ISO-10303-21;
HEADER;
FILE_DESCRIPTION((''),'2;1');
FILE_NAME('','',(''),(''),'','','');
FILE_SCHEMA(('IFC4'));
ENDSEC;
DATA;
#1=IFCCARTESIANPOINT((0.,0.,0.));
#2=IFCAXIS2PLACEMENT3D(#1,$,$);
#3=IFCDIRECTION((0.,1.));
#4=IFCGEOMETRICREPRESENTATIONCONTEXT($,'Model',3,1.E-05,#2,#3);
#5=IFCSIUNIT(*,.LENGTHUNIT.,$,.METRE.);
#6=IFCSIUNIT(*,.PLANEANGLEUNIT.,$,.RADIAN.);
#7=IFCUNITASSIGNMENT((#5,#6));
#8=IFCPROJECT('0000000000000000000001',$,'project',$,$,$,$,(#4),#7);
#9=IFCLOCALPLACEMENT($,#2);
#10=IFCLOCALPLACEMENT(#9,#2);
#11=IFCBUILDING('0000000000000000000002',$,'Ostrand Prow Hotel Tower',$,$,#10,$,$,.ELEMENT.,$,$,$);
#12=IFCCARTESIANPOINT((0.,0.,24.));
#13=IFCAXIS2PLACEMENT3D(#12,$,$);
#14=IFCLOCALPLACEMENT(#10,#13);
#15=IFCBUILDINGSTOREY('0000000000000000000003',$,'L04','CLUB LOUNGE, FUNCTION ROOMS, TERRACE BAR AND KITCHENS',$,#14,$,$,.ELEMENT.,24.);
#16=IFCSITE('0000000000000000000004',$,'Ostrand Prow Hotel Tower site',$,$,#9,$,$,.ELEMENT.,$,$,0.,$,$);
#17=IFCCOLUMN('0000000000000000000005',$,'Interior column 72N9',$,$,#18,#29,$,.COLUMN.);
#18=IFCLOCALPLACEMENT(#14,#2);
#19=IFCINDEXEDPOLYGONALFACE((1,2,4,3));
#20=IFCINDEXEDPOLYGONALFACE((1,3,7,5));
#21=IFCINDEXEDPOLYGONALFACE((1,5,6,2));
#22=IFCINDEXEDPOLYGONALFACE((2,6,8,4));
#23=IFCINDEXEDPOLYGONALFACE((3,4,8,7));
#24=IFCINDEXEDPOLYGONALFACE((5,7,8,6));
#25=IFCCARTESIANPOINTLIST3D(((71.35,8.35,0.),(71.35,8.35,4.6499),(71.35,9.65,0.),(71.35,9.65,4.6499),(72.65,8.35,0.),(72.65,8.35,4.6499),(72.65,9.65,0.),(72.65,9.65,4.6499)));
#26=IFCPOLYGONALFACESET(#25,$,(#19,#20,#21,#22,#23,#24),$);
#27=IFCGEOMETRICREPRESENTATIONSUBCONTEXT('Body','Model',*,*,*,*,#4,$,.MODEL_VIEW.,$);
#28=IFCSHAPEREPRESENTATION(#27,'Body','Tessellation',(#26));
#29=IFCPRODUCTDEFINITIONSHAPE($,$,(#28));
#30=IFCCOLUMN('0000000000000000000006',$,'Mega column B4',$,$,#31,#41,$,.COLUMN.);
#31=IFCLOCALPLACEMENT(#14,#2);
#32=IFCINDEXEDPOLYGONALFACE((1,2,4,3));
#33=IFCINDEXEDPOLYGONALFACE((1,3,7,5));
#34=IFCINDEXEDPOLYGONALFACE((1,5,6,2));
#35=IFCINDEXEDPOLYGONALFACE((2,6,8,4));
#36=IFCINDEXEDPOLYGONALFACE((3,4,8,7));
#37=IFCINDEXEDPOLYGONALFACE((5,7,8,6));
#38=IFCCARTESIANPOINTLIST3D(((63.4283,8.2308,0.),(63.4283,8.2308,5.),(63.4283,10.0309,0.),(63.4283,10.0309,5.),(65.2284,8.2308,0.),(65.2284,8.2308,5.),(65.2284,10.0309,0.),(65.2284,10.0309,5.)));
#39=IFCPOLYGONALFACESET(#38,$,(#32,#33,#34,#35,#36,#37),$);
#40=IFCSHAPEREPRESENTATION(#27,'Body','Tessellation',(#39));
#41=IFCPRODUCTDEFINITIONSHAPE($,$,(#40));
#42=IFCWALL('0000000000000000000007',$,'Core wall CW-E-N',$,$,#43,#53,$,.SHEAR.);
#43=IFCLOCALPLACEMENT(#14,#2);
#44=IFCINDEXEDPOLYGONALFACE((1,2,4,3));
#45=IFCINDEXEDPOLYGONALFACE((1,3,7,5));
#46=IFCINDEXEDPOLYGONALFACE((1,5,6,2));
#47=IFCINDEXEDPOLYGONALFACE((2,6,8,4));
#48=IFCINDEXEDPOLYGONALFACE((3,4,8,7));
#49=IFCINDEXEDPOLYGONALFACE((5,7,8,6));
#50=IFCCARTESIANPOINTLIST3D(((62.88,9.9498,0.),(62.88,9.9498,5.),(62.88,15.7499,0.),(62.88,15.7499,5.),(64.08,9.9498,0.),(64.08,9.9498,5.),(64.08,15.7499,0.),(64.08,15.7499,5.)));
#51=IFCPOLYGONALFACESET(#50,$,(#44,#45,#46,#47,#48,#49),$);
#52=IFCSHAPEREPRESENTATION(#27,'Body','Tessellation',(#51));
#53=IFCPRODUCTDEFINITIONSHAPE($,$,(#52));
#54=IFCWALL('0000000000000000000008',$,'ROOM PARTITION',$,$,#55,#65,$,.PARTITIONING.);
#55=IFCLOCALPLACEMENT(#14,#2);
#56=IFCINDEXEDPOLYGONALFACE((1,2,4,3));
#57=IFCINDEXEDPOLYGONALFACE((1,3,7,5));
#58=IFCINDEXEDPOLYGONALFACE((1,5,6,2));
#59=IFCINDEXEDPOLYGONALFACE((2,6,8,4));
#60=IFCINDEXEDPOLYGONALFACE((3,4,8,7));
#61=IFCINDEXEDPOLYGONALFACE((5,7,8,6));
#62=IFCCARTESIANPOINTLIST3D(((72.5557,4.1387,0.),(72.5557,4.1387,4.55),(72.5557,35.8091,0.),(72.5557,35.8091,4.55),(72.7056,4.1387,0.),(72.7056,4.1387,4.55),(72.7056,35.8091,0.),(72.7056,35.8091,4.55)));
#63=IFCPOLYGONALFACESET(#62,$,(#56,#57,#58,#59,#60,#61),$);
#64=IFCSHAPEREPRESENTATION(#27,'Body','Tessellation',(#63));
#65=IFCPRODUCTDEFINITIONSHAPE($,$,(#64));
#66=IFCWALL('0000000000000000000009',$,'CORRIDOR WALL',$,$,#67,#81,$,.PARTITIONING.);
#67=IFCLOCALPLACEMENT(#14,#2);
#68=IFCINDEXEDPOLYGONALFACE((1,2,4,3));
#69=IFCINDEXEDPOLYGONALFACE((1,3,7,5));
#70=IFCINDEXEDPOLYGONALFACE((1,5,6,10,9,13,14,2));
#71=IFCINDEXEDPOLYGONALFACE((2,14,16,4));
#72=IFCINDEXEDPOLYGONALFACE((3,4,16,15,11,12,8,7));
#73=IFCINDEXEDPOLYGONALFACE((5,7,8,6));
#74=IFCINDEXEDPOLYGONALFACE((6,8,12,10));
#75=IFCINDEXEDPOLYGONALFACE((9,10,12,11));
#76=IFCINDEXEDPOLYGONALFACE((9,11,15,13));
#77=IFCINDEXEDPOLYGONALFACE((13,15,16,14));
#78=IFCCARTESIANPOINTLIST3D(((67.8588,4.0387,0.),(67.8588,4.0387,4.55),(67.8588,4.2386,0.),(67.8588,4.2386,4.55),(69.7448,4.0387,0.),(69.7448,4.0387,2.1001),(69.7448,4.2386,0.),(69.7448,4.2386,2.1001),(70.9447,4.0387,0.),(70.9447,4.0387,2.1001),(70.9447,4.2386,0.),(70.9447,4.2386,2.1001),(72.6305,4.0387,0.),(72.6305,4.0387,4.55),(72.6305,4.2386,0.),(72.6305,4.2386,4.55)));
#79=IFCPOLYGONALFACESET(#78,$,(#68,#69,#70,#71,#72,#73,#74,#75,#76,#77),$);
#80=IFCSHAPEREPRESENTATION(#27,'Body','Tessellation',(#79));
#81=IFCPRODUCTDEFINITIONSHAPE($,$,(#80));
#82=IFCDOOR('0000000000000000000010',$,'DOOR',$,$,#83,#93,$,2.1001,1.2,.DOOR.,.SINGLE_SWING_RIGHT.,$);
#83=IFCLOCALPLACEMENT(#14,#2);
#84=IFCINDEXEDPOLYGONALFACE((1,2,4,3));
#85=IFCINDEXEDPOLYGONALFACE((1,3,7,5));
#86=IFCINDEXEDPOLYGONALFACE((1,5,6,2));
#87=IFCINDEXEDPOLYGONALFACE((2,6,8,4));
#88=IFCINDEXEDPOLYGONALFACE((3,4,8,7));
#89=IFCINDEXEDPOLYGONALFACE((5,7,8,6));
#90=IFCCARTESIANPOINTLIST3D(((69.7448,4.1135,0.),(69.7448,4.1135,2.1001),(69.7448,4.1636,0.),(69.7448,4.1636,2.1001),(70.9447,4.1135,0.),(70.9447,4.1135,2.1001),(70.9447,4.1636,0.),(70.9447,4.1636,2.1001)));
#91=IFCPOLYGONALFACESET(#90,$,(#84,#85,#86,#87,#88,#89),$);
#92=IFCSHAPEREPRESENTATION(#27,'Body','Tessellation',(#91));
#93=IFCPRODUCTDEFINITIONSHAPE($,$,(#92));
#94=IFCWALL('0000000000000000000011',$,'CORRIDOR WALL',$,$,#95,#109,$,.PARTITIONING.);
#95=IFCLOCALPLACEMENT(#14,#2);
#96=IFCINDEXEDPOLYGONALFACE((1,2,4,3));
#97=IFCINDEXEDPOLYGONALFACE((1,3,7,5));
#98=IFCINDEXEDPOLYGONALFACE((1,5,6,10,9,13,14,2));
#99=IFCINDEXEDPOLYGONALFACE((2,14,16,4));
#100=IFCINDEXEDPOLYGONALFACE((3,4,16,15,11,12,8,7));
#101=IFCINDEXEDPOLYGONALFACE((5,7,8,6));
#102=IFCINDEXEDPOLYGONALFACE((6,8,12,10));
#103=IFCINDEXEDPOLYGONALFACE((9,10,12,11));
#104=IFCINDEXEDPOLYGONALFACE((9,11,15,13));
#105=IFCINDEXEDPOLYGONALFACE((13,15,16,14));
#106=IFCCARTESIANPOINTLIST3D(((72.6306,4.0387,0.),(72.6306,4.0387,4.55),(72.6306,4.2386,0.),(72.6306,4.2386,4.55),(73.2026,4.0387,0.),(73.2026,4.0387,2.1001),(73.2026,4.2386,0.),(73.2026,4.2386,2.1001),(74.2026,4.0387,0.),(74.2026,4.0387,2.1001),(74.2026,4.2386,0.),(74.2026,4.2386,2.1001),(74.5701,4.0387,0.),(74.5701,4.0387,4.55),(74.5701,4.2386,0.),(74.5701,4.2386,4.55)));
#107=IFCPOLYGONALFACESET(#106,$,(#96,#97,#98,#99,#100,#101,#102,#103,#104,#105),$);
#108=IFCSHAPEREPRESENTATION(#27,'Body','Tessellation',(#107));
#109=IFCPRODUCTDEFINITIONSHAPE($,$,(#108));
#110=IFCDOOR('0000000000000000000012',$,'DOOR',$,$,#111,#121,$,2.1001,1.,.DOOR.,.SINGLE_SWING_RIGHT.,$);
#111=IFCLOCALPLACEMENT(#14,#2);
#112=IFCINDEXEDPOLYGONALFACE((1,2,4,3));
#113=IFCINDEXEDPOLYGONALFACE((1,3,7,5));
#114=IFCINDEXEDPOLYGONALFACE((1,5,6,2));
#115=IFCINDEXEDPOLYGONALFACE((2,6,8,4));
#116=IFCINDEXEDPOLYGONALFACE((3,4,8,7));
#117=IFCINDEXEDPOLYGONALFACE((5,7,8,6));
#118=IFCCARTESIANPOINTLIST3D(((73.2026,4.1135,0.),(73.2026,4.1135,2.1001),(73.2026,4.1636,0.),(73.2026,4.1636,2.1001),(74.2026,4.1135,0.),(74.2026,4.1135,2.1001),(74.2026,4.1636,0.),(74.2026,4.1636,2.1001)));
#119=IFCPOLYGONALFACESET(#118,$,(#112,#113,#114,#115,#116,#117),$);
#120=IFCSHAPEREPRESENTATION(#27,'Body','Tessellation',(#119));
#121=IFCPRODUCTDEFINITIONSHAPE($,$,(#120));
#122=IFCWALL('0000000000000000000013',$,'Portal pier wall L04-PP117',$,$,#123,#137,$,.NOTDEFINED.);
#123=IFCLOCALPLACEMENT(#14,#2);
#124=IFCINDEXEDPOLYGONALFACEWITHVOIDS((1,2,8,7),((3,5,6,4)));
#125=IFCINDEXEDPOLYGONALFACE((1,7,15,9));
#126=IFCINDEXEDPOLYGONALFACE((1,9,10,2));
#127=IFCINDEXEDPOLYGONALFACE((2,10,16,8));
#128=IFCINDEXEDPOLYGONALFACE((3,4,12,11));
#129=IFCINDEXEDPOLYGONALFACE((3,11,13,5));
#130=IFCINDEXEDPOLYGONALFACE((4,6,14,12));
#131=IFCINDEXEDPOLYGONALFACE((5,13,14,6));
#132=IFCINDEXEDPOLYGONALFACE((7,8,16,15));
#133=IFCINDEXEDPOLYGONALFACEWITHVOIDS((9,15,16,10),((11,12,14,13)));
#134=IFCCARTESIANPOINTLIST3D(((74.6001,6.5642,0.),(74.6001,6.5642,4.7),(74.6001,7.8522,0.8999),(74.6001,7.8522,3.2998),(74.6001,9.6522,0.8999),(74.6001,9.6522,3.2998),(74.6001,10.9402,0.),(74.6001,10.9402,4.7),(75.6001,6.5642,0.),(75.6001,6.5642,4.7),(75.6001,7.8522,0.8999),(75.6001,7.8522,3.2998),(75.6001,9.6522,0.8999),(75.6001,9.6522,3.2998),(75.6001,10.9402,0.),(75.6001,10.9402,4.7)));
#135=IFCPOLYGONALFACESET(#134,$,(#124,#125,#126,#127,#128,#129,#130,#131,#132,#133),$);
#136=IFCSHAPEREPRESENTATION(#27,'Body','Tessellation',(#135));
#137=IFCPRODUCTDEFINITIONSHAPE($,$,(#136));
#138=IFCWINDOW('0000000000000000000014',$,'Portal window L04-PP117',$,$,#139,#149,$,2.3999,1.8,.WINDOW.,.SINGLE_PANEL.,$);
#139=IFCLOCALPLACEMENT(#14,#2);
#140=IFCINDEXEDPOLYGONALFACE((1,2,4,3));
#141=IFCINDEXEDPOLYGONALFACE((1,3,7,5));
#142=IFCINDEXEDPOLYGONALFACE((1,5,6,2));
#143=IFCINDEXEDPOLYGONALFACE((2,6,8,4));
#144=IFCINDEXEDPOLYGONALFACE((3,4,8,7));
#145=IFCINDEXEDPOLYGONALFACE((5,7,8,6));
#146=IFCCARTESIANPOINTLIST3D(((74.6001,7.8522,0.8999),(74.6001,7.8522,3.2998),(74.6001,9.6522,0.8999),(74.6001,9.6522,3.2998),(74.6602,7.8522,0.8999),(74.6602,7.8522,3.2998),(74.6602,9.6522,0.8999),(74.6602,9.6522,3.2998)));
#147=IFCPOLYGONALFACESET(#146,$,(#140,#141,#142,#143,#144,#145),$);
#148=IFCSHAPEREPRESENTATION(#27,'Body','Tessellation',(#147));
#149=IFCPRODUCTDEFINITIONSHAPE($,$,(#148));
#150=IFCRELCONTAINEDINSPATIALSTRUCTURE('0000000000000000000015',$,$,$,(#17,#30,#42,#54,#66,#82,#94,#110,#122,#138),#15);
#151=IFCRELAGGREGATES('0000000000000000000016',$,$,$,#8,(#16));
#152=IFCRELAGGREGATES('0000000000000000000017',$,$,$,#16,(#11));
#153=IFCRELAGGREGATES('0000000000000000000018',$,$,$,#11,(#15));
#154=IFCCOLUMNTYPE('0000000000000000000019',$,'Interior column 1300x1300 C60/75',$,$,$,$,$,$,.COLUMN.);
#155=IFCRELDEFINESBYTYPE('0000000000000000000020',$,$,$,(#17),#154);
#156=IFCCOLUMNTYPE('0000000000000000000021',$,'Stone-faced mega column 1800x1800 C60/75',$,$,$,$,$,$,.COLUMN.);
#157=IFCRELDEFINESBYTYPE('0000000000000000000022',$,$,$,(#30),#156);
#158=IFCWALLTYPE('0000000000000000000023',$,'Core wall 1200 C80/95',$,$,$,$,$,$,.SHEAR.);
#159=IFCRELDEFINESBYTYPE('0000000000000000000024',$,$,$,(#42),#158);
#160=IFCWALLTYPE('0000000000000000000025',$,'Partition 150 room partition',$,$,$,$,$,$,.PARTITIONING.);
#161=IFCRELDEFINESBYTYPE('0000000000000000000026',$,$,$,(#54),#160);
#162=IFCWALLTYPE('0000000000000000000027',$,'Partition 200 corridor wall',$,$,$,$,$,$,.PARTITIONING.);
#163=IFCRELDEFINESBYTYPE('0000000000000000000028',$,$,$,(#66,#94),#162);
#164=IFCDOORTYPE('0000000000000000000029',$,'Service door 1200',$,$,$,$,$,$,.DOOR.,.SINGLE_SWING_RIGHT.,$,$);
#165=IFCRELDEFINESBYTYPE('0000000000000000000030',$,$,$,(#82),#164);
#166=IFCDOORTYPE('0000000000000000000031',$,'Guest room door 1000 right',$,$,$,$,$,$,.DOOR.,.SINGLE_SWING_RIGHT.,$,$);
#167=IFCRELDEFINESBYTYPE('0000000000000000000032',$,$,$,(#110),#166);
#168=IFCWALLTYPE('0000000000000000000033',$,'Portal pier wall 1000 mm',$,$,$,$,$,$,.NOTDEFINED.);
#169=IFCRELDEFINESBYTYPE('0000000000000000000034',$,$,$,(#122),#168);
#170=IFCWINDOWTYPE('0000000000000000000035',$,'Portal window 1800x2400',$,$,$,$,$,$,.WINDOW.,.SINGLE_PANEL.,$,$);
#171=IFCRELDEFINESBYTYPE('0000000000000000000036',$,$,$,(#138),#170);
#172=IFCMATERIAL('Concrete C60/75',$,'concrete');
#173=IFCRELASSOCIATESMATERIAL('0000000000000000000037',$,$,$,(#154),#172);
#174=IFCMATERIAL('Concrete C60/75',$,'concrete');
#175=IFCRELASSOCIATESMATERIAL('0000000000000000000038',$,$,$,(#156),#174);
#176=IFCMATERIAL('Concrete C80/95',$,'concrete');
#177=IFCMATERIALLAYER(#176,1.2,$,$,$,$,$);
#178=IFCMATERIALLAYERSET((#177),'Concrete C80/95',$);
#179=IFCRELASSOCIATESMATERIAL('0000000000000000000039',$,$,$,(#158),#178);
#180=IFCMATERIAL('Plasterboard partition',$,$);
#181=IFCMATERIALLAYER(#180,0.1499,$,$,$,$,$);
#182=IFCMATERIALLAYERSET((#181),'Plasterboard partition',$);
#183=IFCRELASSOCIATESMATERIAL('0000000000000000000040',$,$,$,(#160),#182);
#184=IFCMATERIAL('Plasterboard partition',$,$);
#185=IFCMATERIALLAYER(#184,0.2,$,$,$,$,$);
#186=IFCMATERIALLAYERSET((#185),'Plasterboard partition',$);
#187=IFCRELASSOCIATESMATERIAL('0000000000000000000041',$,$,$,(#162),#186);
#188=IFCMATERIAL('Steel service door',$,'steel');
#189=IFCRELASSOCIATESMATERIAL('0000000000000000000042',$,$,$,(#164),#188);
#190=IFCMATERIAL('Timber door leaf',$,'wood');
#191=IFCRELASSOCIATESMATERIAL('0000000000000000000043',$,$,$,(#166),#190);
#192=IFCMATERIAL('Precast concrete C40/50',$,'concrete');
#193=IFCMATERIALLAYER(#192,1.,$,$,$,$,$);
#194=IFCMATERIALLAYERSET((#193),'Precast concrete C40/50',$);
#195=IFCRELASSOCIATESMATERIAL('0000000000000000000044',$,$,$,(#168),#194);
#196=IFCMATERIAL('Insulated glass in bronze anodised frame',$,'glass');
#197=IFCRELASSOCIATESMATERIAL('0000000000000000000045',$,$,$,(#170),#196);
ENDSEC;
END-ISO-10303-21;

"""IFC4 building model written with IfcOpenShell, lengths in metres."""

from ifc_helpers import new_model, si_unit, direction, frame, frame_2d, origin, origin_2d, place, context, subcontext, project, spatial, polyline, rectangle, outline, extrude, material, layer, layer_set, material_profile, profile_set, type_object, element, fill, save


model = new_model("IFC4")

# Units and contexts
model_context = context("Model", 3, precision=1e-05, world=origin(), true_north=direction((0.0, 1.0)))
body_context = subcontext(model_context, "Body", "Model", "MODEL_VIEW")
ifc_project = project(units=[si_unit("LENGTHUNIT", "METRE"), si_unit("PLANEANGLEUNIT", "RADIAN")], contexts=[model_context])

# Site, building, storey
site_placement = place(None, origin())
site = spatial("IfcSite", under=ifc_project, at=site_placement, Name="Ostrand Prow Hotel Tower site", CompositionType="ELEMENT", RefElevation=0.0)
building_placement = place(site_placement, origin())
building = spatial("IfcBuilding", under=site, at=building_placement, Name="Ostrand Prow Hotel Tower", CompositionType="ELEMENT")
storey_placement = place(building_placement, frame((0.0, 0.0, 24.0)))
storey = spatial("IfcBuildingStorey", under=building, at=storey_placement, Name="L04", Description="CLUB LOUNGE, FUNCTION ROOMS, TERRACE BAR AND KITCHENS", CompositionType="ELEMENT", Elevation=24.0)

# Columns
ifc_material_1 = material(Name="Concrete C60/75", Category="concrete")
ifc_material_profile_1 = material_profile(ifc_material_1, rectangle(XDim=1.3, YDim=1.3, at=origin_2d()), Name="RC 1300x1300")
ifc_profile_set_1 = profile_set([ifc_material_profile_1], Name="Concrete C60/75")
column_type_1 = type_object("IfcColumnType", Name="Interior column 1300x1300 C60/75", PredefinedType="COLUMN", material=ifc_profile_set_1)
column_1_placement = place(storey_placement, frame((72.0, 9.0, 0.0), z_axis=(0.0, 0.0, 1.0), x_axis=(1.0, 0.0, 0.0)))
element("IfcColumn", 1, at=column_1_placement, inside=storey, type_object=column_type_1, Name="Interior column 72N9", PredefinedType="COLUMN", context=body_context, shape_type="SweptSolid", body=[
    extrude(rectangle(XDim=1.3, YDim=1.3, at=origin_2d()), origin(), (0.0, 0.0, 1.0), 4.6499),
])
ifc_material_2 = material(Name="Concrete C60/75", Category="concrete")
ifc_material_profile_2 = material_profile(ifc_material_2, rectangle(XDim=1.8, YDim=1.8, at=origin_2d()), Name="RC 1800x1800")
ifc_profile_set_2 = profile_set([ifc_material_profile_2], Name="Concrete C60/75")
column_type_2 = type_object("IfcColumnType", Name="Stone-faced mega column 1800x1800 C60/75", PredefinedType="COLUMN", material=ifc_profile_set_2)
column_2_placement = place(storey_placement, frame((64.3284, 9.1309, 0.0), z_axis=(0.0, 0.0, 1.0), x_axis=(1.0, 0.0, 0.0)))
element("IfcColumn", 2, at=column_2_placement, inside=storey, type_object=column_type_2, Name="Mega column B4", PredefinedType="COLUMN", context=body_context, shape_type="SweptSolid", body=[
    extrude(rectangle(XDim=1.8, YDim=1.8, at=origin_2d()), origin(), (0.0, 0.0, 1.0), 5.0),
])

# Walls
ifc_material_3 = material(Name="Concrete C80/95", Category="concrete")
ifc_layer_1 = layer(ifc_material_3, 1.2)
ifc_layer_set_1 = layer_set([ifc_layer_1], Name="Concrete C80/95")
wall_type_1 = type_object("IfcWallType", Name="Core wall 1200 C80/95", PredefinedType="SHEAR", material=ifc_layer_set_1)
wall_1_placement = place(storey_placement, frame((63.48, 9.95, 0.0), z_axis=(0.0, 0.0, 1.0), x_axis=(0.0, 1.0, 0.0)))
element("IfcWall", 3, at=wall_1_placement, inside=storey, type_object=wall_type_1, Name="Core wall CW-E-N", PredefinedType="SHEAR", context=body_context, shape_type="SweptSolid", body=[
    extrude(rectangle(XDim=5.8, YDim=1.2, at=frame_2d((2.8999, 0.0))), origin(), (0.0, 0.0, 1.0), 5.0),
])
ifc_material_4 = material(Name="Plasterboard partition")
ifc_layer_2 = layer(ifc_material_4, 0.1499)
ifc_layer_set_2 = layer_set([ifc_layer_2], Name="Plasterboard partition")
wall_type_2 = type_object("IfcWallType", Name="Partition 150 room partition", PredefinedType="PARTITIONING", material=ifc_layer_set_2)
wall_2_placement = place(storey_placement, frame((72.6306, 4.1387, 0.0), z_axis=(0.0, 0.0, 1.0), x_axis=(0.0, 1.0, 0.0)))
element("IfcWall", 4, at=wall_2_placement, inside=storey, type_object=wall_type_2, Name="ROOM PARTITION", PredefinedType="PARTITIONING", context=body_context, shape_type="SweptSolid", body=[
    extrude(rectangle(XDim=31.6704, YDim=0.1499, at=frame_2d((15.8352, 0.0))), origin(), (0.0, 0.0, 1.0), 4.55),
])

# Walls, openings, doors
ifc_material_5 = material(Name="Plasterboard partition")
ifc_layer_3 = layer(ifc_material_5, 0.2)
ifc_layer_set_3 = layer_set([ifc_layer_3], Name="Plasterboard partition")
wall_type_3 = type_object("IfcWallType", Name="Partition 200 corridor wall", PredefinedType="PARTITIONING", material=ifc_layer_set_3)
wall_3_placement = place(storey_placement, frame((67.8589, 4.1387, 0.0), z_axis=(0.0, 0.0, 1.0), x_axis=(1.0, 0.0, 0.0)))
wall_3 = element("IfcWall", 5, at=wall_3_placement, inside=storey, type_object=wall_type_3, Name="CORRIDOR WALL", PredefinedType="PARTITIONING", context=body_context, shape_type="SweptSolid", body=[
    extrude(rectangle(XDim=4.7717, YDim=0.2, at=frame_2d((2.3857, 0.0))), origin(), (0.0, 0.0, 1.0), 4.55),
])
opening_1_placement = place(wall_3_placement, frame((1.8857, 0.0, 0.0)))
opening_1 = element("IfcOpeningElement", 6, at=opening_1_placement, cuts=wall_3, PredefinedType="OPENING", context=body_context, shape_type="SweptSolid", body=[
    extrude(rectangle(XDim=1.2, YDim=2.1001, at=frame_2d((0.6001, 1.05))), frame((0.0, 0.1099, 0.0), z_axis=(0.0, -1.0, 0.0), x_axis=(1.0, 0.0, 0.0)), (0.0, 0.0, 1.0), 0.22),
])
ifc_material_6 = material(Name="Steel service door", Category="steel")
door_type_1 = type_object("IfcDoorType", Name="Service door 1200", OperationType="SINGLE_SWING_RIGHT", PredefinedType="DOOR", material=ifc_material_6)
door_1_placement = place(opening_1_placement, origin())
door_1 = element("IfcDoor", 7, at=door_1_placement, inside=storey, type_object=door_type_1, Name="DOOR", OperationType="SINGLE_SWING_RIGHT", OverallHeight=2.1001, OverallWidth=1.2, PredefinedType="DOOR", context=body_context, shape_type="SweptSolid", body=[
    extrude(rectangle(XDim=1.2, YDim=2.1001, at=frame_2d((0.6001, 1.05))), frame((0.0, 0.0249, 0.0), z_axis=(0.0, -1.0, 0.0), x_axis=(1.0, 0.0, 0.0)), (0.0, 0.0, 1.0), 0.05),
])
fill(opening_1, door_1)
wall_4_placement = place(storey_placement, frame((72.6306, 4.1387, 0.0), z_axis=(0.0, 0.0, 1.0), x_axis=(1.0, 0.0, 0.0)))
wall_4 = element("IfcWall", 8, at=wall_4_placement, inside=storey, type_object=wall_type_3, Name="CORRIDOR WALL", PredefinedType="PARTITIONING", context=body_context, shape_type="SweptSolid", body=[
    extrude(rectangle(XDim=1.9395, YDim=0.2, at=frame_2d((0.9697, 0.0))), origin(), (0.0, 0.0, 1.0), 4.55),
])
opening_2_placement = place(wall_4_placement, frame((0.572, 0.0, 0.0)))
opening_2 = element("IfcOpeningElement", 9, at=opening_2_placement, cuts=wall_4, PredefinedType="OPENING", context=body_context, shape_type="SweptSolid", body=[
    extrude(rectangle(XDim=1.0, YDim=2.1001, at=frame_2d((0.5, 1.05))), frame((0.0, 0.1099, 0.0), z_axis=(0.0, -1.0, 0.0), x_axis=(1.0, 0.0, 0.0)), (0.0, 0.0, 1.0), 0.22),
])
ifc_material_7 = material(Name="Timber door leaf", Category="wood")
door_type_2 = type_object("IfcDoorType", Name="Guest room door 1000 right", OperationType="SINGLE_SWING_RIGHT", PredefinedType="DOOR", material=ifc_material_7)
door_2_placement = place(opening_2_placement, origin())
door_2 = element("IfcDoor", 10, at=door_2_placement, inside=storey, type_object=door_type_2, Name="DOOR", OperationType="SINGLE_SWING_RIGHT", OverallHeight=2.1001, OverallWidth=1.0, PredefinedType="DOOR", context=body_context, shape_type="SweptSolid", body=[
    extrude(rectangle(XDim=1.0, YDim=2.1001, at=frame_2d((0.5, 1.05))), frame((0.0, 0.0249, 0.0), z_axis=(0.0, -1.0, 0.0), x_axis=(1.0, 0.0, 0.0)), (0.0, 0.0, 1.0), 0.05),
])
fill(opening_2, door_2)

# Wall, opening, window
ifc_material_8 = material(Name="Precast concrete C40/50", Category="concrete")
ifc_layer_4 = layer(ifc_material_8, 1.0)
ifc_layer_set_4 = layer_set([ifc_layer_4], Name="Precast concrete C40/50")
wall_type_4 = type_object("IfcWallType", Name="Portal pier wall 1000 mm", PredefinedType="NOTDEFINED", material=ifc_layer_set_4)
wall_5_placement = place(storey_placement, frame((75.1001, 6.5642, 0.0), z_axis=(0.0, 0.0, 1.0), x_axis=(0.0, 1.0, 0.0)))
wall_5 = element("IfcWall", 11, at=wall_5_placement, inside=storey, type_object=wall_type_4, Name="Portal pier wall L04-PP117", PredefinedType="NOTDEFINED", context=body_context, shape_type="SweptSolid", body=[
    extrude(outline(polyline([(0.0, -0.5), (4.376, -0.5), (4.376, 0.5), (0.0, 0.5), (0.0, -0.5)])), origin(), (0.0, 0.0, 1.0), 4.7),
])
opening_3_placement = place(wall_5_placement, frame((1.2881, 0.0, 0.8999)))
opening_3 = element("IfcOpeningElement", 12, at=opening_3_placement, cuts=wall_5, PredefinedType="OPENING", context=body_context, shape_type="SweptSolid", body=[
    extrude(rectangle(XDim=1.8, YDim=2.3999, at=frame_2d((0.8999, 1.2))), frame((0.0, 0.51, 0.0), z_axis=(0.0, -1.0, 0.0), x_axis=(1.0, 0.0, 0.0)), (0.0, 0.0, 1.0), 1.02),
])
ifc_material_9 = material(Name="Insulated glass in bronze anodised frame", Category="glass")
window_type = type_object("IfcWindowType", Name="Portal window 1800x2400", PartitioningType="SINGLE_PANEL", PredefinedType="WINDOW", material=ifc_material_9)
window_1_placement = place(opening_3_placement, origin())
window_1 = element("IfcWindow", 13, at=window_1_placement, inside=storey, type_object=window_type, Name="Portal window L04-PP117", OverallHeight=2.3999, OverallWidth=1.8, PartitioningType="SINGLE_PANEL", PredefinedType="WINDOW", context=body_context, shape_type="SweptSolid", body=[
    extrude(rectangle(XDim=1.8, YDim=2.3999, at=frame_2d((0.8999, 1.2))), frame((0.0, 0.5, 0.0), z_axis=(0.0, -1.0, 0.0), x_axis=(1.0, 0.0, 0.0)), (0.0, 0.0, 1.0), 0.0601),
])
fill(opening_3, window_1)

save(model, "model.ifc")
